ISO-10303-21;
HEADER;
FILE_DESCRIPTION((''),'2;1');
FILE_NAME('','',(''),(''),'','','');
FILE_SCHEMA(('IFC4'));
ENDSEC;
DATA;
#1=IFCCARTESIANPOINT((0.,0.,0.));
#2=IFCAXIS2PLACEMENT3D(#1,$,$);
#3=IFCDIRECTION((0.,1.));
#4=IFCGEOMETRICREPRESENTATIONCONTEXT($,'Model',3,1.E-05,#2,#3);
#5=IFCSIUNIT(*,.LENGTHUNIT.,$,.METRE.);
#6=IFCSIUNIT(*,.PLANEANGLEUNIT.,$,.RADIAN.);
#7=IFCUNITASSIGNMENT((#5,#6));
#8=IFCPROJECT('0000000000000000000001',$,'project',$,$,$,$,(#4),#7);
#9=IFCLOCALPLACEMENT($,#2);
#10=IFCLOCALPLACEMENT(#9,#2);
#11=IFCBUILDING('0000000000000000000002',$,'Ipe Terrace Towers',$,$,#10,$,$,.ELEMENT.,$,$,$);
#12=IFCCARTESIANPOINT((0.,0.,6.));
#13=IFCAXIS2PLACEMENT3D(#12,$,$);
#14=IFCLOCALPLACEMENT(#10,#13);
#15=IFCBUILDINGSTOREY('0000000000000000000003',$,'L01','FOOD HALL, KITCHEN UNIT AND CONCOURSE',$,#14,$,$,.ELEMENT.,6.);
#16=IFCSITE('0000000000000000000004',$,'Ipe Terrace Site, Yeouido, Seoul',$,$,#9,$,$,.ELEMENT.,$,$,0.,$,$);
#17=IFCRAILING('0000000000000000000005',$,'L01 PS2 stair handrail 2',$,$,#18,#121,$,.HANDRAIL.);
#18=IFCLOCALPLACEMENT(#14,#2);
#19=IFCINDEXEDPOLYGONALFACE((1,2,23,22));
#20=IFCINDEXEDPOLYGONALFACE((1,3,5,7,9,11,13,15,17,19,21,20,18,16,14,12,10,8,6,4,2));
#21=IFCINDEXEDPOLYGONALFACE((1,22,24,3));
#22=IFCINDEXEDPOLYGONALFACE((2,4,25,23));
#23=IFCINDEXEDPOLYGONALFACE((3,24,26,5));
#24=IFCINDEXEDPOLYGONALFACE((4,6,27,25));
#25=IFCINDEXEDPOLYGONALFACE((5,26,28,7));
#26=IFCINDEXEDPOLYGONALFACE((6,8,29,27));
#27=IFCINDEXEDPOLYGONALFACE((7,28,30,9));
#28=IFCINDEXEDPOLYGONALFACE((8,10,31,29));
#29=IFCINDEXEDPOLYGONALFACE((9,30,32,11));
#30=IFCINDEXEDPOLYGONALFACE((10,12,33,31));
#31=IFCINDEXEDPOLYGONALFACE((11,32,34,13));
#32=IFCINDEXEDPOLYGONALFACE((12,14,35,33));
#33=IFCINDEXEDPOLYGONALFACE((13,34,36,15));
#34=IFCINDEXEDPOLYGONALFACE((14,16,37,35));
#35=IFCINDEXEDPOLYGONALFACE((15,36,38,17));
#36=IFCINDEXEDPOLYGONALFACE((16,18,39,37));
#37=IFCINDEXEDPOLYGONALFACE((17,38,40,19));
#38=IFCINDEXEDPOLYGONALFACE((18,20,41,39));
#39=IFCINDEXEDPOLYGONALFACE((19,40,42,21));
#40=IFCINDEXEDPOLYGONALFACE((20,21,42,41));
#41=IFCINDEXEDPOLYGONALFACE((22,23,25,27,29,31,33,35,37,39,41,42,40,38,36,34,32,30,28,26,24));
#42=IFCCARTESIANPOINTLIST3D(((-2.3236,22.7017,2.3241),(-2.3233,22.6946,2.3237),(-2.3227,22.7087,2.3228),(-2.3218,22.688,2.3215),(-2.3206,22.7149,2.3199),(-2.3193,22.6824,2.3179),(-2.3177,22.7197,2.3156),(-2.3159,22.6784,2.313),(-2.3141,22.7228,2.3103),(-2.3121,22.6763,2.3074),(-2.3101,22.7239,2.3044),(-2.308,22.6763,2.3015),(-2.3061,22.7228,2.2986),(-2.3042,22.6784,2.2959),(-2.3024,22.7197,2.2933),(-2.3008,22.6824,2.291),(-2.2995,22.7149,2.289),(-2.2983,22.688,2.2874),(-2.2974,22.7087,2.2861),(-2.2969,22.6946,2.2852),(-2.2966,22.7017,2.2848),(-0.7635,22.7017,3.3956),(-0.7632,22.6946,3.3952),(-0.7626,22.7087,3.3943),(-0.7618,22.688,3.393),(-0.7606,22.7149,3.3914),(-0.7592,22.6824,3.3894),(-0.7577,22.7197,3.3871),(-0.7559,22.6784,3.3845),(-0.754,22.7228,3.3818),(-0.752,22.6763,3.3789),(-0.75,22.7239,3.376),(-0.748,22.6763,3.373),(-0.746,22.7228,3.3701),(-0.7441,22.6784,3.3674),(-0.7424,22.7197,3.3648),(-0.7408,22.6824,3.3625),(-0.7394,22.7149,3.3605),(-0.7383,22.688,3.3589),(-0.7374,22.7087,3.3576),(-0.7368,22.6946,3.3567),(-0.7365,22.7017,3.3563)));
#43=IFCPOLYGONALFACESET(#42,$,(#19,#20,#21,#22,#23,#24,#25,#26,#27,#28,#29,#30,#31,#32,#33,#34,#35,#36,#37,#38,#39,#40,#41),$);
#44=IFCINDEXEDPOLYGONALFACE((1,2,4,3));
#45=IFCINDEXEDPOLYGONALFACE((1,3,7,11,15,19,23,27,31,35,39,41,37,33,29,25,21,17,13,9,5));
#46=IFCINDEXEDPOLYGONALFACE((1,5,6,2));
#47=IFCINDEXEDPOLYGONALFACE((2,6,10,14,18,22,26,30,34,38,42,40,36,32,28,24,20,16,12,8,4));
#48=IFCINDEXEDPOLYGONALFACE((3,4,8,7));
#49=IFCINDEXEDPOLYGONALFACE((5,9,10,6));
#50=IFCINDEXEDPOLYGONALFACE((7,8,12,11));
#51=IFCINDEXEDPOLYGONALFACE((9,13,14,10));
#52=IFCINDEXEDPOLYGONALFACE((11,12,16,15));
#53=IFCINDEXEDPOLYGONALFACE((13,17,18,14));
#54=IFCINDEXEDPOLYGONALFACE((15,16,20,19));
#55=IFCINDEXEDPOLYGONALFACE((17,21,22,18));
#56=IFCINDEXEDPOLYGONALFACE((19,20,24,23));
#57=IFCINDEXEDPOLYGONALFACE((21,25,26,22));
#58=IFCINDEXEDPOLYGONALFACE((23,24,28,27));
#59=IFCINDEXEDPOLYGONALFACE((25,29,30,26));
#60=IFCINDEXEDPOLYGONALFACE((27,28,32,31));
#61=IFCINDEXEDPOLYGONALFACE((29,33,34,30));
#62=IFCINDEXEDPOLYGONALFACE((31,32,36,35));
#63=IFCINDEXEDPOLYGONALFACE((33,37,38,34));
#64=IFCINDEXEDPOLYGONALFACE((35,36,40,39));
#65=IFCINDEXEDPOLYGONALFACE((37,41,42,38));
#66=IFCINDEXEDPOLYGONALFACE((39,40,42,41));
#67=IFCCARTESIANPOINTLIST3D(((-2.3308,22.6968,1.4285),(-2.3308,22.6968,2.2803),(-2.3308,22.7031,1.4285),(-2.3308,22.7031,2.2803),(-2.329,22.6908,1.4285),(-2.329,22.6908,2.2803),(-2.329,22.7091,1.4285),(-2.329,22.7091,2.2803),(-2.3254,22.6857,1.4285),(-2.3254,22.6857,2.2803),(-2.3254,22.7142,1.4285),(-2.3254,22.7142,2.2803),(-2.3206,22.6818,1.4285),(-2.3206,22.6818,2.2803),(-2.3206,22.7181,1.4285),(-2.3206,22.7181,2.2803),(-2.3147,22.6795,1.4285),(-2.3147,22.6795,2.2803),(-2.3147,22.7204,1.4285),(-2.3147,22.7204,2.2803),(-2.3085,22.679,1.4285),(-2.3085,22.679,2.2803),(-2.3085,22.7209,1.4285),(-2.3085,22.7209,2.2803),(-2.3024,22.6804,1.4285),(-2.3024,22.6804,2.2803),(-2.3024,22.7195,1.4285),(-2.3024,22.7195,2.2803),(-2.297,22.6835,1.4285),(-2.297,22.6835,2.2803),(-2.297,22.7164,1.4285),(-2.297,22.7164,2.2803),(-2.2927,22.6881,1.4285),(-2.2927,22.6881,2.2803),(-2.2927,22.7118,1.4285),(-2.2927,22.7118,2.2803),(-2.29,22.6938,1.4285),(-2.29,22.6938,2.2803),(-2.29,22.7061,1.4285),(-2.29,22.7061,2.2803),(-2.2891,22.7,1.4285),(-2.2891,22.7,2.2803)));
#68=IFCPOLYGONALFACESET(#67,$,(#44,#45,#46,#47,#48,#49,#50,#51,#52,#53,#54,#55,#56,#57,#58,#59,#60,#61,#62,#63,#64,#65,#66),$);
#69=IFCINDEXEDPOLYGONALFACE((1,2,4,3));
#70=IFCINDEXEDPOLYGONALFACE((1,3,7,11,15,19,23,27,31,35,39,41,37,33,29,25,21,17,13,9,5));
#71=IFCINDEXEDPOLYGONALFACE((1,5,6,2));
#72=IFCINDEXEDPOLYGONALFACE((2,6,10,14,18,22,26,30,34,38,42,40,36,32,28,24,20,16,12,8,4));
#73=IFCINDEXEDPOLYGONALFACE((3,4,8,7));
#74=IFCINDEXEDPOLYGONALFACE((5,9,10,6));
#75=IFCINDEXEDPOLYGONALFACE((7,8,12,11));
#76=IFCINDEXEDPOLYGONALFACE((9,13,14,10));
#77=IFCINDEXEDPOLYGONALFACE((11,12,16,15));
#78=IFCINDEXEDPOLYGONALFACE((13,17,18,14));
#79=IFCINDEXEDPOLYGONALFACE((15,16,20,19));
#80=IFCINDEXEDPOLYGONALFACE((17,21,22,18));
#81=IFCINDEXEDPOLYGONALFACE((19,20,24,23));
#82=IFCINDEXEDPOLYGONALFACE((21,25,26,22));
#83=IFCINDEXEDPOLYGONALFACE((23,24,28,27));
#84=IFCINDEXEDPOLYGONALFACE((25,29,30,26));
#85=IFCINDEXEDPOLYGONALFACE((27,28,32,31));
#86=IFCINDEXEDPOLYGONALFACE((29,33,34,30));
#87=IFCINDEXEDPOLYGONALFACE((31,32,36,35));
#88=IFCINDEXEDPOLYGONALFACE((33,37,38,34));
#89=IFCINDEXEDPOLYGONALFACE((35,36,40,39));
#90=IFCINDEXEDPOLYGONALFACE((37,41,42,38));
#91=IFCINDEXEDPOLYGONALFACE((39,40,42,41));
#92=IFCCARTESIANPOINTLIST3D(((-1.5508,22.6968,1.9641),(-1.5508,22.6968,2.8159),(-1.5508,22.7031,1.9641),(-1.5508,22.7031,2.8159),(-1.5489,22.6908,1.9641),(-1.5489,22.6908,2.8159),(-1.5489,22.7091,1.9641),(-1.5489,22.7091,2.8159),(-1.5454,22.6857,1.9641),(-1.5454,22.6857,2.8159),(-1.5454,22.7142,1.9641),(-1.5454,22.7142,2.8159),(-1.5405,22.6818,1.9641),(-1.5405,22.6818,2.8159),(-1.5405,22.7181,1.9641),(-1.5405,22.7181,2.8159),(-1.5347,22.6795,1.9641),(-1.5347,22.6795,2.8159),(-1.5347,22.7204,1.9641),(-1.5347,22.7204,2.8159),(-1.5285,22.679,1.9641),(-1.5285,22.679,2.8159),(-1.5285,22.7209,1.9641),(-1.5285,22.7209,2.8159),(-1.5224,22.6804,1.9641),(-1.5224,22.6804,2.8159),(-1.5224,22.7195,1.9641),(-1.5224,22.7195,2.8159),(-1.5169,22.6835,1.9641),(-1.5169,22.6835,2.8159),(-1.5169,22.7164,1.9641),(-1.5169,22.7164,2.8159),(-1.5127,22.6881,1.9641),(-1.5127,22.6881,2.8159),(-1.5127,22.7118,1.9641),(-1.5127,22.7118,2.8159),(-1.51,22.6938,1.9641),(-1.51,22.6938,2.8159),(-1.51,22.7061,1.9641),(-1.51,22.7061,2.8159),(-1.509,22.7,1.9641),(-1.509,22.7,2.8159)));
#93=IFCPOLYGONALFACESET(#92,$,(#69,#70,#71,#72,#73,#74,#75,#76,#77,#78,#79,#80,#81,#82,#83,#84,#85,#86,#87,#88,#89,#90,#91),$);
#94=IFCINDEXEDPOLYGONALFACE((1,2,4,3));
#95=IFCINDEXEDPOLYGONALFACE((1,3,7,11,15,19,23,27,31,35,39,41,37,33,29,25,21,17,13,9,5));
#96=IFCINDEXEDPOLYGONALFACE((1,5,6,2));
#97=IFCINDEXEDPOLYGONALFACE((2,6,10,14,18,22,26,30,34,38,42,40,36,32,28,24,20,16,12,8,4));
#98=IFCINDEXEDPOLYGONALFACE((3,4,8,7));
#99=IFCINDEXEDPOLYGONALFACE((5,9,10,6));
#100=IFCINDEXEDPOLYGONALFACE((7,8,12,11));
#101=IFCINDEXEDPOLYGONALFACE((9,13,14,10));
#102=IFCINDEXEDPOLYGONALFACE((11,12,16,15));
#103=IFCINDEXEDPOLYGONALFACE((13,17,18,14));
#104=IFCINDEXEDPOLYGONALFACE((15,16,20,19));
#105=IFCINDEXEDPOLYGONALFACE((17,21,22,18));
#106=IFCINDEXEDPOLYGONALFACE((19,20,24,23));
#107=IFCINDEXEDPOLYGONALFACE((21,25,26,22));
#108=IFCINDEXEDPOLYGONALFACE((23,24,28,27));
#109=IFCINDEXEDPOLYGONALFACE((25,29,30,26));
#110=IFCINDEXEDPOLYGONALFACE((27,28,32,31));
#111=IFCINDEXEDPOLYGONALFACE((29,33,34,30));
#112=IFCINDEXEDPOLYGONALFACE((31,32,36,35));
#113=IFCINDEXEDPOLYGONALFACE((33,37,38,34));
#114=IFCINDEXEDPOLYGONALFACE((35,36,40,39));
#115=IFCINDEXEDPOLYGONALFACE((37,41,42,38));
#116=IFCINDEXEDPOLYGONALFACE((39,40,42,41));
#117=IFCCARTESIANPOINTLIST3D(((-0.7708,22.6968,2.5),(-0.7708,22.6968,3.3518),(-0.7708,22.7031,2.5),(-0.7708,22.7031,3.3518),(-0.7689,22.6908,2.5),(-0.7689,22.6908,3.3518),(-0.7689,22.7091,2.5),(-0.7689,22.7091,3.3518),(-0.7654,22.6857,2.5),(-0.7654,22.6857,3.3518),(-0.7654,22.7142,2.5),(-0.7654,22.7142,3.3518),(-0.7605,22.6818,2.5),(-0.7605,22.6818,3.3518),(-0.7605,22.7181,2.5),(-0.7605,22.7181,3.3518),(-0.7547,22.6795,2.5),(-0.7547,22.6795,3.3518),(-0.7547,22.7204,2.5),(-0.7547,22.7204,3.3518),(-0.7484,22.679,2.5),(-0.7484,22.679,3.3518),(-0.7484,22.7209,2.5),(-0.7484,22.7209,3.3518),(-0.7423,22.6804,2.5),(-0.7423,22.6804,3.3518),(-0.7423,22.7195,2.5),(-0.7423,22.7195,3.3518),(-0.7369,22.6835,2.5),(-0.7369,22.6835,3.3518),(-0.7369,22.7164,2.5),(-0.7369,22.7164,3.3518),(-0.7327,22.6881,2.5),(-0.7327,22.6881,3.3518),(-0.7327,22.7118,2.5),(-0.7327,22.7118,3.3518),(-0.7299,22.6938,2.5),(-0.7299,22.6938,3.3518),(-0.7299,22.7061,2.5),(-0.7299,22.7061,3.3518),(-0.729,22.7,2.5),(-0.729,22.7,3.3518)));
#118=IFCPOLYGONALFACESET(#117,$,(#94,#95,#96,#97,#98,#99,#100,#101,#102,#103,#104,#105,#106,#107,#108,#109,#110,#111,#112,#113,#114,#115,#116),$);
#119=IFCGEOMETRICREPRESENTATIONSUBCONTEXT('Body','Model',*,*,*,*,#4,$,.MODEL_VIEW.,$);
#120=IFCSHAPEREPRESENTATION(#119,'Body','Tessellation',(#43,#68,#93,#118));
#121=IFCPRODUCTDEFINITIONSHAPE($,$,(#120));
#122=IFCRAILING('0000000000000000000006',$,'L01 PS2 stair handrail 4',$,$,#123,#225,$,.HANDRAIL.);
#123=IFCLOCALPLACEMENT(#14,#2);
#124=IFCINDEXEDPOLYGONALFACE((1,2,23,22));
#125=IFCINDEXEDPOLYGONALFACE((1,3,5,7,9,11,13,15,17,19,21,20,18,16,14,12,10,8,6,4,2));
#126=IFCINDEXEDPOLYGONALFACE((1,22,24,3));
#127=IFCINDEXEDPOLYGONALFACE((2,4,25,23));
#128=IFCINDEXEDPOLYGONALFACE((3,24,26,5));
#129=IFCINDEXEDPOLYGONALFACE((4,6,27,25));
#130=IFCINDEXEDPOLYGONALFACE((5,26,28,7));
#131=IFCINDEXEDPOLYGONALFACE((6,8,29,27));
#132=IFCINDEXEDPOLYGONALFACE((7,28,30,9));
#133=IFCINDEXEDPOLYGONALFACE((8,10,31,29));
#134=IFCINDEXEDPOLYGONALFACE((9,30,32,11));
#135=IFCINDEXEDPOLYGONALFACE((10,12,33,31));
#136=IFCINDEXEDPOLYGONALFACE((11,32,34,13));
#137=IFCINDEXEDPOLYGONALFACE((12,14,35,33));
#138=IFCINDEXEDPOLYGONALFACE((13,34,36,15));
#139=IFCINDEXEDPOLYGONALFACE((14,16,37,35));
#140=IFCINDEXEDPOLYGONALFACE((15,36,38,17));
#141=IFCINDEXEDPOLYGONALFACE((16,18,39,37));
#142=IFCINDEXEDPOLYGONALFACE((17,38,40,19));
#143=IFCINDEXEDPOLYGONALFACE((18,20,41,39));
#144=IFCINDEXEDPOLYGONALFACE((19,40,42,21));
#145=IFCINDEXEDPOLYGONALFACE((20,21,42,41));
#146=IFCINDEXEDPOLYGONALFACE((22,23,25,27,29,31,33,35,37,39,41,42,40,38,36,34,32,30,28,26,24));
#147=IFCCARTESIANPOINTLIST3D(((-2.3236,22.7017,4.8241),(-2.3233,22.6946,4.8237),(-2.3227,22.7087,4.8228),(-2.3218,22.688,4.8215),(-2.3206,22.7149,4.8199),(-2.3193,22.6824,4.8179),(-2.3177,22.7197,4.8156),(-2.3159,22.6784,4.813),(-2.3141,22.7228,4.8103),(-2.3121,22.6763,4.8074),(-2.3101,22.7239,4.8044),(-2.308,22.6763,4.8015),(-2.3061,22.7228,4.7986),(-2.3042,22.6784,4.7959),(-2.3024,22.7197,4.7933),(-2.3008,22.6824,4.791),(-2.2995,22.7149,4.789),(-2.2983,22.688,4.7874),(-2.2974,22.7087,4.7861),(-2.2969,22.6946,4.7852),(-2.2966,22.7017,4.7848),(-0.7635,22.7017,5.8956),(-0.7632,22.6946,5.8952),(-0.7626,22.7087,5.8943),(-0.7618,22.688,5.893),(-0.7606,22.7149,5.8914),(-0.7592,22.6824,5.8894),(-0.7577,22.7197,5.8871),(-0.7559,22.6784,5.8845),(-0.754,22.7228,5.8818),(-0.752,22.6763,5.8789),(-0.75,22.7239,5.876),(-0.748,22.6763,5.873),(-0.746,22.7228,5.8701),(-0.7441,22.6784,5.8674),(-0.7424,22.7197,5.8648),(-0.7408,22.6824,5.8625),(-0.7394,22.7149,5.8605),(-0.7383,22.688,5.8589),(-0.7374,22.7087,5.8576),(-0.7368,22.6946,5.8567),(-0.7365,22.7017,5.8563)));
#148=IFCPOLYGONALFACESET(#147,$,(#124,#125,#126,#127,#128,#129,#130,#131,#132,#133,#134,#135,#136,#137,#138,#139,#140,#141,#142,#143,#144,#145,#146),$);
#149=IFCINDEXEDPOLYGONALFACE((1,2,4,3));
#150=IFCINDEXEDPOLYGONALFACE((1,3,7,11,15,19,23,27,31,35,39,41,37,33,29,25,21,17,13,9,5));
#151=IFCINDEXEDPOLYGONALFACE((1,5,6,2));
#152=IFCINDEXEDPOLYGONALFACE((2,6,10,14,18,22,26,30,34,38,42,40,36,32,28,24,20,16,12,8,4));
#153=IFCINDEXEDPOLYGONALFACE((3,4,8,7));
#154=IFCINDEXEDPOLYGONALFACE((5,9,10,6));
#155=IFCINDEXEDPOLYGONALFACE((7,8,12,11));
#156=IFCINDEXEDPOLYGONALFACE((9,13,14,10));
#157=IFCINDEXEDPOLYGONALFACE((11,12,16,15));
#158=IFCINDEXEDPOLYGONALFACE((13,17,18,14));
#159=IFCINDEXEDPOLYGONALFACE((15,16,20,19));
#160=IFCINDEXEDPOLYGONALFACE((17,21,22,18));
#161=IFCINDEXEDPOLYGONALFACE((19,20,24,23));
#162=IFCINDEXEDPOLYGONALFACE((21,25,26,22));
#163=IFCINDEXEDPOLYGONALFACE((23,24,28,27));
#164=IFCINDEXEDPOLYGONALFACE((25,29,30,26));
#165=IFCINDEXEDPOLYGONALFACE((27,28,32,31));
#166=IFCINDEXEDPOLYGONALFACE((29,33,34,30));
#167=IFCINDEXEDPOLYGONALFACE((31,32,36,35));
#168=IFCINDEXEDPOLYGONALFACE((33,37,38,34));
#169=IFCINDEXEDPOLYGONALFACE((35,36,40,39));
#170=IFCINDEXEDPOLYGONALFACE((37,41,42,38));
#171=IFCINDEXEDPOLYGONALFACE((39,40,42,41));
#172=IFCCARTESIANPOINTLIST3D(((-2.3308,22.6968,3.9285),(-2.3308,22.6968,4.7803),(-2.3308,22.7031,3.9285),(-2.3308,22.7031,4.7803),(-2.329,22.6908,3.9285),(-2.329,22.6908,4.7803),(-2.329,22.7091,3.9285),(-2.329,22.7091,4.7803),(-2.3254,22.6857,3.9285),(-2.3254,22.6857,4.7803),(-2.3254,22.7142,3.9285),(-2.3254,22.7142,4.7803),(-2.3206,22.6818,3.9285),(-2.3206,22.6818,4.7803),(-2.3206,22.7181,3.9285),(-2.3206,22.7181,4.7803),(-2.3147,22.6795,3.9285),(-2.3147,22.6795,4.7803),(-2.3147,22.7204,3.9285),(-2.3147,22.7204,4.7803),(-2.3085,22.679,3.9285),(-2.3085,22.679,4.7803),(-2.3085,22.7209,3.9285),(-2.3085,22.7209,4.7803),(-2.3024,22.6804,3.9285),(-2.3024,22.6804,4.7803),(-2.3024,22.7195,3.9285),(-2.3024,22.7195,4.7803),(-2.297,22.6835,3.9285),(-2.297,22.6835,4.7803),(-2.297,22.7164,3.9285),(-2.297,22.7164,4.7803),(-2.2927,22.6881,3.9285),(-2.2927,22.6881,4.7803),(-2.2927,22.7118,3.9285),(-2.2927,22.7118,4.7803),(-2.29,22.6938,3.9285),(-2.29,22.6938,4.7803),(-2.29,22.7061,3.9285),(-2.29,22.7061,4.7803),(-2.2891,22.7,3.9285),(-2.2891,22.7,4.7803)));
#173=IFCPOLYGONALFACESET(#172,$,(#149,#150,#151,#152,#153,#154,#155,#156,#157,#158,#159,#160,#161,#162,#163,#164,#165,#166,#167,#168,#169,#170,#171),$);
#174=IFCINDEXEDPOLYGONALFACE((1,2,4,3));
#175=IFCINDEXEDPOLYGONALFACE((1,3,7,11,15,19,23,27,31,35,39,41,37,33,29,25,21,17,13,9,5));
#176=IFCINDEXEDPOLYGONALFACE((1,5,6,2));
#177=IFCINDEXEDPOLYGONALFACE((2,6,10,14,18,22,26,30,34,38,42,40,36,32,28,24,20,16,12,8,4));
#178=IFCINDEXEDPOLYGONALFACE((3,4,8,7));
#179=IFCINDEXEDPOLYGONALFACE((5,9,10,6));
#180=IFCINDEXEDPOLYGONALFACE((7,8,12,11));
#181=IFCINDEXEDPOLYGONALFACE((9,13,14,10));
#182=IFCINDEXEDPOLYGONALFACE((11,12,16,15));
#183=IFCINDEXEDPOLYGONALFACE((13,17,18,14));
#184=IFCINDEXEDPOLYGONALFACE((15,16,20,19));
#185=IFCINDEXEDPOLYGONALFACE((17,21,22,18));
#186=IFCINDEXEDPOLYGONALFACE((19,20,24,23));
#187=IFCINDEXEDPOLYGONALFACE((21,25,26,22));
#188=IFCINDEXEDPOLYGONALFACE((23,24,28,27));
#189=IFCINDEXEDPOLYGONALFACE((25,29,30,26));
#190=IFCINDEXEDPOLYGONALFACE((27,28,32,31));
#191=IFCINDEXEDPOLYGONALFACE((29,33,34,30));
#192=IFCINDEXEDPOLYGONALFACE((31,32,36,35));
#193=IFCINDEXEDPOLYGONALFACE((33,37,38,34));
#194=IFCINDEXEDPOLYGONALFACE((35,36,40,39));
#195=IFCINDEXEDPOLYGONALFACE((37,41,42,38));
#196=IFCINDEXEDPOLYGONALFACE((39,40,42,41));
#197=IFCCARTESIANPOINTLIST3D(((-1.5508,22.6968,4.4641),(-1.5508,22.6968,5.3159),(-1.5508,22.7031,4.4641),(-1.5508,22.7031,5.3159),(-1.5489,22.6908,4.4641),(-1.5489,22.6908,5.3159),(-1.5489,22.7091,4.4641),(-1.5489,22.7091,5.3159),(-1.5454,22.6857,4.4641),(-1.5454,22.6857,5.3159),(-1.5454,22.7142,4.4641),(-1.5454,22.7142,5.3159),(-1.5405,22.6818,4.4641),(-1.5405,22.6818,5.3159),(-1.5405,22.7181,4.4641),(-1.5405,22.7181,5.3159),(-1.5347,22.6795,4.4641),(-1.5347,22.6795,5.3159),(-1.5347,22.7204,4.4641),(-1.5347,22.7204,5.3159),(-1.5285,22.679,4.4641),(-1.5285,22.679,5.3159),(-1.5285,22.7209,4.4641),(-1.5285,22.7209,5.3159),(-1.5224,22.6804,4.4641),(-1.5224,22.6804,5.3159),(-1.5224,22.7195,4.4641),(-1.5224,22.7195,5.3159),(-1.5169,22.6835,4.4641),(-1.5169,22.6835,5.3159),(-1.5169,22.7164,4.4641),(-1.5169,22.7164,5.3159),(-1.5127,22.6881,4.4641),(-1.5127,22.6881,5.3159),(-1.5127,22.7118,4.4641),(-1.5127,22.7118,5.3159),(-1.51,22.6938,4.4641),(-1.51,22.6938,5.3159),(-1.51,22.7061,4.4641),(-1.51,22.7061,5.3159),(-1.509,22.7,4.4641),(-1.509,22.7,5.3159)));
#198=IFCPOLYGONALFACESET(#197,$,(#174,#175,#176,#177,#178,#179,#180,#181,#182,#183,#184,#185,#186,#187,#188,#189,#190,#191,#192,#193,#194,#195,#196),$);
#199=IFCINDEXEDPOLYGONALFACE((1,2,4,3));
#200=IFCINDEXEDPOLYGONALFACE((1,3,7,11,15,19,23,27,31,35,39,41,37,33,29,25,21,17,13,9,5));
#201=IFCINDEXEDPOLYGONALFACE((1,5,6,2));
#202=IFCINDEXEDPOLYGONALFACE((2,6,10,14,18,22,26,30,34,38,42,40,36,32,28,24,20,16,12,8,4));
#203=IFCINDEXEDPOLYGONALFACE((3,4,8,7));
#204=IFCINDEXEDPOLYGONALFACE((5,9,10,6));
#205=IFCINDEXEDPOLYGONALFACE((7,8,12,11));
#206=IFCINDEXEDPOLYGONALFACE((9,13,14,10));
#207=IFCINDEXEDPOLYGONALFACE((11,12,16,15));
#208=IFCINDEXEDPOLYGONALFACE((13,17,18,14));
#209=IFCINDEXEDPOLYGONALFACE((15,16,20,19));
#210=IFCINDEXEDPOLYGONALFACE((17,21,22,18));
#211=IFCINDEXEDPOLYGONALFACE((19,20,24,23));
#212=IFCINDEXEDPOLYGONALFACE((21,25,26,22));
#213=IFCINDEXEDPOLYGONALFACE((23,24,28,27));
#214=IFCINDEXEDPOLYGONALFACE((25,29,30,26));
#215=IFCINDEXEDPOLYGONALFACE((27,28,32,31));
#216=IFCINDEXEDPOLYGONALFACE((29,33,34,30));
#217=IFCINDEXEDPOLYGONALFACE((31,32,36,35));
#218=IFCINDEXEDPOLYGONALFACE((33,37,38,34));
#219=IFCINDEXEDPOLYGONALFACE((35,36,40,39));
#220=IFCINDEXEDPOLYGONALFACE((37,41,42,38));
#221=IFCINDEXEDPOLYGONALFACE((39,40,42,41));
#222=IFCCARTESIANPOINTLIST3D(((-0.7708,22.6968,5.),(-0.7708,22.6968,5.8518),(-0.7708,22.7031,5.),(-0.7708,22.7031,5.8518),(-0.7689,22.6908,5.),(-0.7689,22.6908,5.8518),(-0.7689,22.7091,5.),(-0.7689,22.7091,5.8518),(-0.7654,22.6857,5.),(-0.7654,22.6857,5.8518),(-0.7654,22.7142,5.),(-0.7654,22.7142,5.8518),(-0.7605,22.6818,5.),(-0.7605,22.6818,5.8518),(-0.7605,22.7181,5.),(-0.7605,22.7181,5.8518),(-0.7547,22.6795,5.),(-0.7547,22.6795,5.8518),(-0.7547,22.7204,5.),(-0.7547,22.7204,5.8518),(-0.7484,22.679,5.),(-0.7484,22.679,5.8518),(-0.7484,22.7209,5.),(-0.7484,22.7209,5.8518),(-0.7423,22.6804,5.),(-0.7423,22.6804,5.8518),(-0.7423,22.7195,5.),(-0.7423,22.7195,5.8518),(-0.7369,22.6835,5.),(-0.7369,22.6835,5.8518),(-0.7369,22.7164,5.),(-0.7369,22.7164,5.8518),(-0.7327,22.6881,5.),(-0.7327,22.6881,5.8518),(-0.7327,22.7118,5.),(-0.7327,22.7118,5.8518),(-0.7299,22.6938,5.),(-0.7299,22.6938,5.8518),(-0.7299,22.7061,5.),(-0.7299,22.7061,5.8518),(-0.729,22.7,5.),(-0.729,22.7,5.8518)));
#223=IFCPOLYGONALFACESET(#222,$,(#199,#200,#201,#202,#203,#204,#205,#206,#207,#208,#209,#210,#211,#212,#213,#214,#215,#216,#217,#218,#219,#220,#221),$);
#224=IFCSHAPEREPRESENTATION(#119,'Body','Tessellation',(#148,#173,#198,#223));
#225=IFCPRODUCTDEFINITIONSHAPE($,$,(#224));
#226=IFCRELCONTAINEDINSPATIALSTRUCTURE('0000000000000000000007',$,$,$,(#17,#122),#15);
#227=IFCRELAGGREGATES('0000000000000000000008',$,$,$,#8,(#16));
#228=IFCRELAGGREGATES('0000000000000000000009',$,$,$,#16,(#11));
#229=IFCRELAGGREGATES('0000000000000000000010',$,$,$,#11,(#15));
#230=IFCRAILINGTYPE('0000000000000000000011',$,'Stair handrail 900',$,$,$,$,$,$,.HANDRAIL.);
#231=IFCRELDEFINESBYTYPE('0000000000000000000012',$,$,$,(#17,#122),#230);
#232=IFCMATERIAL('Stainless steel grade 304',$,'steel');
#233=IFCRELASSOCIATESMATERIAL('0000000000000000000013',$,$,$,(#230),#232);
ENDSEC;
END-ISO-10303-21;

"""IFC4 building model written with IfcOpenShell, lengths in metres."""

from ifc_helpers import new_model, si_unit, direction, frame, origin, origin_2d, place, context, subcontext, project, spatial, circle, extrude, material, type_object, element, save


model = new_model("IFC4")

# Units and contexts
model_context = context("Model", 3, precision=1e-05, world=origin(), true_north=direction((0.0, 1.0)))
body_context = subcontext(model_context, "Body", "Model", "MODEL_VIEW")
ifc_project = project(units=[si_unit("LENGTHUNIT", "METRE"), si_unit("PLANEANGLEUNIT", "RADIAN")], contexts=[model_context])

# Site, building, storey
site_placement = place(None, origin())
site = spatial("IfcSite", under=ifc_project, at=site_placement, Name="Ipe Terrace Site, Yeouido, Seoul", CompositionType="ELEMENT", RefElevation=0.0)
building_placement = place(site_placement, origin())
building = spatial("IfcBuilding", under=site, at=building_placement, Name="Ipe Terrace Towers", CompositionType="ELEMENT")
storey_placement = place(building_placement, frame((0.0, 0.0, 6.0)))
storey = spatial("IfcBuildingStorey", under=building, at=storey_placement, Name="L01", Description="FOOD HALL, KITCHEN UNIT AND CONCOURSE", CompositionType="ELEMENT", Elevation=6.0)

# Railings
ifc_material_1 = material(Name="Stainless steel grade 304", Category="steel")
railing_type_1 = type_object("IfcRailingType", Name="Stair handrail 900", PredefinedType="HANDRAIL", material=ifc_material_1)
for number, where, name in (
    (1, (-2.3101, 22.7, 1.4285), "L01 PS2 stair handrail 2"),
    (2, (-2.3101, 22.7, 3.9285), "L01 PS2 stair handrail 4"),
):
    element("IfcRailing", number, at=place(storey_placement, frame(where)), inside=storey, type_object=railing_type_1, Name=name, PredefinedType="HANDRAIL", context=body_context, shape_type="SweptSolid", body=[
        extrude(circle(Radius=0.0239, at=origin_2d()), frame((0.0, 0.0, 0.876), z_axis=(0.82429, 0.0, 0.566167), x_axis=(0.0, 1.0, 0.0)), (0.0, 0.0, 1.0), 1.8926),
        extrude(circle(Radius=0.021, at=origin_2d()), origin(), (0.0, 0.0, 1.0), 0.8518),
        extrude(circle(Radius=0.021, at=origin_2d()), frame((0.78, 0.0, 0.5356)), (0.0, 0.0, 1.0), 0.8518),
        extrude(circle(Radius=0.021, at=origin_2d()), frame((1.5601, 0.0, 1.0715)), (0.0, 0.0, 1.0), 0.8518),
    ])

save(model, "model.ifc")
